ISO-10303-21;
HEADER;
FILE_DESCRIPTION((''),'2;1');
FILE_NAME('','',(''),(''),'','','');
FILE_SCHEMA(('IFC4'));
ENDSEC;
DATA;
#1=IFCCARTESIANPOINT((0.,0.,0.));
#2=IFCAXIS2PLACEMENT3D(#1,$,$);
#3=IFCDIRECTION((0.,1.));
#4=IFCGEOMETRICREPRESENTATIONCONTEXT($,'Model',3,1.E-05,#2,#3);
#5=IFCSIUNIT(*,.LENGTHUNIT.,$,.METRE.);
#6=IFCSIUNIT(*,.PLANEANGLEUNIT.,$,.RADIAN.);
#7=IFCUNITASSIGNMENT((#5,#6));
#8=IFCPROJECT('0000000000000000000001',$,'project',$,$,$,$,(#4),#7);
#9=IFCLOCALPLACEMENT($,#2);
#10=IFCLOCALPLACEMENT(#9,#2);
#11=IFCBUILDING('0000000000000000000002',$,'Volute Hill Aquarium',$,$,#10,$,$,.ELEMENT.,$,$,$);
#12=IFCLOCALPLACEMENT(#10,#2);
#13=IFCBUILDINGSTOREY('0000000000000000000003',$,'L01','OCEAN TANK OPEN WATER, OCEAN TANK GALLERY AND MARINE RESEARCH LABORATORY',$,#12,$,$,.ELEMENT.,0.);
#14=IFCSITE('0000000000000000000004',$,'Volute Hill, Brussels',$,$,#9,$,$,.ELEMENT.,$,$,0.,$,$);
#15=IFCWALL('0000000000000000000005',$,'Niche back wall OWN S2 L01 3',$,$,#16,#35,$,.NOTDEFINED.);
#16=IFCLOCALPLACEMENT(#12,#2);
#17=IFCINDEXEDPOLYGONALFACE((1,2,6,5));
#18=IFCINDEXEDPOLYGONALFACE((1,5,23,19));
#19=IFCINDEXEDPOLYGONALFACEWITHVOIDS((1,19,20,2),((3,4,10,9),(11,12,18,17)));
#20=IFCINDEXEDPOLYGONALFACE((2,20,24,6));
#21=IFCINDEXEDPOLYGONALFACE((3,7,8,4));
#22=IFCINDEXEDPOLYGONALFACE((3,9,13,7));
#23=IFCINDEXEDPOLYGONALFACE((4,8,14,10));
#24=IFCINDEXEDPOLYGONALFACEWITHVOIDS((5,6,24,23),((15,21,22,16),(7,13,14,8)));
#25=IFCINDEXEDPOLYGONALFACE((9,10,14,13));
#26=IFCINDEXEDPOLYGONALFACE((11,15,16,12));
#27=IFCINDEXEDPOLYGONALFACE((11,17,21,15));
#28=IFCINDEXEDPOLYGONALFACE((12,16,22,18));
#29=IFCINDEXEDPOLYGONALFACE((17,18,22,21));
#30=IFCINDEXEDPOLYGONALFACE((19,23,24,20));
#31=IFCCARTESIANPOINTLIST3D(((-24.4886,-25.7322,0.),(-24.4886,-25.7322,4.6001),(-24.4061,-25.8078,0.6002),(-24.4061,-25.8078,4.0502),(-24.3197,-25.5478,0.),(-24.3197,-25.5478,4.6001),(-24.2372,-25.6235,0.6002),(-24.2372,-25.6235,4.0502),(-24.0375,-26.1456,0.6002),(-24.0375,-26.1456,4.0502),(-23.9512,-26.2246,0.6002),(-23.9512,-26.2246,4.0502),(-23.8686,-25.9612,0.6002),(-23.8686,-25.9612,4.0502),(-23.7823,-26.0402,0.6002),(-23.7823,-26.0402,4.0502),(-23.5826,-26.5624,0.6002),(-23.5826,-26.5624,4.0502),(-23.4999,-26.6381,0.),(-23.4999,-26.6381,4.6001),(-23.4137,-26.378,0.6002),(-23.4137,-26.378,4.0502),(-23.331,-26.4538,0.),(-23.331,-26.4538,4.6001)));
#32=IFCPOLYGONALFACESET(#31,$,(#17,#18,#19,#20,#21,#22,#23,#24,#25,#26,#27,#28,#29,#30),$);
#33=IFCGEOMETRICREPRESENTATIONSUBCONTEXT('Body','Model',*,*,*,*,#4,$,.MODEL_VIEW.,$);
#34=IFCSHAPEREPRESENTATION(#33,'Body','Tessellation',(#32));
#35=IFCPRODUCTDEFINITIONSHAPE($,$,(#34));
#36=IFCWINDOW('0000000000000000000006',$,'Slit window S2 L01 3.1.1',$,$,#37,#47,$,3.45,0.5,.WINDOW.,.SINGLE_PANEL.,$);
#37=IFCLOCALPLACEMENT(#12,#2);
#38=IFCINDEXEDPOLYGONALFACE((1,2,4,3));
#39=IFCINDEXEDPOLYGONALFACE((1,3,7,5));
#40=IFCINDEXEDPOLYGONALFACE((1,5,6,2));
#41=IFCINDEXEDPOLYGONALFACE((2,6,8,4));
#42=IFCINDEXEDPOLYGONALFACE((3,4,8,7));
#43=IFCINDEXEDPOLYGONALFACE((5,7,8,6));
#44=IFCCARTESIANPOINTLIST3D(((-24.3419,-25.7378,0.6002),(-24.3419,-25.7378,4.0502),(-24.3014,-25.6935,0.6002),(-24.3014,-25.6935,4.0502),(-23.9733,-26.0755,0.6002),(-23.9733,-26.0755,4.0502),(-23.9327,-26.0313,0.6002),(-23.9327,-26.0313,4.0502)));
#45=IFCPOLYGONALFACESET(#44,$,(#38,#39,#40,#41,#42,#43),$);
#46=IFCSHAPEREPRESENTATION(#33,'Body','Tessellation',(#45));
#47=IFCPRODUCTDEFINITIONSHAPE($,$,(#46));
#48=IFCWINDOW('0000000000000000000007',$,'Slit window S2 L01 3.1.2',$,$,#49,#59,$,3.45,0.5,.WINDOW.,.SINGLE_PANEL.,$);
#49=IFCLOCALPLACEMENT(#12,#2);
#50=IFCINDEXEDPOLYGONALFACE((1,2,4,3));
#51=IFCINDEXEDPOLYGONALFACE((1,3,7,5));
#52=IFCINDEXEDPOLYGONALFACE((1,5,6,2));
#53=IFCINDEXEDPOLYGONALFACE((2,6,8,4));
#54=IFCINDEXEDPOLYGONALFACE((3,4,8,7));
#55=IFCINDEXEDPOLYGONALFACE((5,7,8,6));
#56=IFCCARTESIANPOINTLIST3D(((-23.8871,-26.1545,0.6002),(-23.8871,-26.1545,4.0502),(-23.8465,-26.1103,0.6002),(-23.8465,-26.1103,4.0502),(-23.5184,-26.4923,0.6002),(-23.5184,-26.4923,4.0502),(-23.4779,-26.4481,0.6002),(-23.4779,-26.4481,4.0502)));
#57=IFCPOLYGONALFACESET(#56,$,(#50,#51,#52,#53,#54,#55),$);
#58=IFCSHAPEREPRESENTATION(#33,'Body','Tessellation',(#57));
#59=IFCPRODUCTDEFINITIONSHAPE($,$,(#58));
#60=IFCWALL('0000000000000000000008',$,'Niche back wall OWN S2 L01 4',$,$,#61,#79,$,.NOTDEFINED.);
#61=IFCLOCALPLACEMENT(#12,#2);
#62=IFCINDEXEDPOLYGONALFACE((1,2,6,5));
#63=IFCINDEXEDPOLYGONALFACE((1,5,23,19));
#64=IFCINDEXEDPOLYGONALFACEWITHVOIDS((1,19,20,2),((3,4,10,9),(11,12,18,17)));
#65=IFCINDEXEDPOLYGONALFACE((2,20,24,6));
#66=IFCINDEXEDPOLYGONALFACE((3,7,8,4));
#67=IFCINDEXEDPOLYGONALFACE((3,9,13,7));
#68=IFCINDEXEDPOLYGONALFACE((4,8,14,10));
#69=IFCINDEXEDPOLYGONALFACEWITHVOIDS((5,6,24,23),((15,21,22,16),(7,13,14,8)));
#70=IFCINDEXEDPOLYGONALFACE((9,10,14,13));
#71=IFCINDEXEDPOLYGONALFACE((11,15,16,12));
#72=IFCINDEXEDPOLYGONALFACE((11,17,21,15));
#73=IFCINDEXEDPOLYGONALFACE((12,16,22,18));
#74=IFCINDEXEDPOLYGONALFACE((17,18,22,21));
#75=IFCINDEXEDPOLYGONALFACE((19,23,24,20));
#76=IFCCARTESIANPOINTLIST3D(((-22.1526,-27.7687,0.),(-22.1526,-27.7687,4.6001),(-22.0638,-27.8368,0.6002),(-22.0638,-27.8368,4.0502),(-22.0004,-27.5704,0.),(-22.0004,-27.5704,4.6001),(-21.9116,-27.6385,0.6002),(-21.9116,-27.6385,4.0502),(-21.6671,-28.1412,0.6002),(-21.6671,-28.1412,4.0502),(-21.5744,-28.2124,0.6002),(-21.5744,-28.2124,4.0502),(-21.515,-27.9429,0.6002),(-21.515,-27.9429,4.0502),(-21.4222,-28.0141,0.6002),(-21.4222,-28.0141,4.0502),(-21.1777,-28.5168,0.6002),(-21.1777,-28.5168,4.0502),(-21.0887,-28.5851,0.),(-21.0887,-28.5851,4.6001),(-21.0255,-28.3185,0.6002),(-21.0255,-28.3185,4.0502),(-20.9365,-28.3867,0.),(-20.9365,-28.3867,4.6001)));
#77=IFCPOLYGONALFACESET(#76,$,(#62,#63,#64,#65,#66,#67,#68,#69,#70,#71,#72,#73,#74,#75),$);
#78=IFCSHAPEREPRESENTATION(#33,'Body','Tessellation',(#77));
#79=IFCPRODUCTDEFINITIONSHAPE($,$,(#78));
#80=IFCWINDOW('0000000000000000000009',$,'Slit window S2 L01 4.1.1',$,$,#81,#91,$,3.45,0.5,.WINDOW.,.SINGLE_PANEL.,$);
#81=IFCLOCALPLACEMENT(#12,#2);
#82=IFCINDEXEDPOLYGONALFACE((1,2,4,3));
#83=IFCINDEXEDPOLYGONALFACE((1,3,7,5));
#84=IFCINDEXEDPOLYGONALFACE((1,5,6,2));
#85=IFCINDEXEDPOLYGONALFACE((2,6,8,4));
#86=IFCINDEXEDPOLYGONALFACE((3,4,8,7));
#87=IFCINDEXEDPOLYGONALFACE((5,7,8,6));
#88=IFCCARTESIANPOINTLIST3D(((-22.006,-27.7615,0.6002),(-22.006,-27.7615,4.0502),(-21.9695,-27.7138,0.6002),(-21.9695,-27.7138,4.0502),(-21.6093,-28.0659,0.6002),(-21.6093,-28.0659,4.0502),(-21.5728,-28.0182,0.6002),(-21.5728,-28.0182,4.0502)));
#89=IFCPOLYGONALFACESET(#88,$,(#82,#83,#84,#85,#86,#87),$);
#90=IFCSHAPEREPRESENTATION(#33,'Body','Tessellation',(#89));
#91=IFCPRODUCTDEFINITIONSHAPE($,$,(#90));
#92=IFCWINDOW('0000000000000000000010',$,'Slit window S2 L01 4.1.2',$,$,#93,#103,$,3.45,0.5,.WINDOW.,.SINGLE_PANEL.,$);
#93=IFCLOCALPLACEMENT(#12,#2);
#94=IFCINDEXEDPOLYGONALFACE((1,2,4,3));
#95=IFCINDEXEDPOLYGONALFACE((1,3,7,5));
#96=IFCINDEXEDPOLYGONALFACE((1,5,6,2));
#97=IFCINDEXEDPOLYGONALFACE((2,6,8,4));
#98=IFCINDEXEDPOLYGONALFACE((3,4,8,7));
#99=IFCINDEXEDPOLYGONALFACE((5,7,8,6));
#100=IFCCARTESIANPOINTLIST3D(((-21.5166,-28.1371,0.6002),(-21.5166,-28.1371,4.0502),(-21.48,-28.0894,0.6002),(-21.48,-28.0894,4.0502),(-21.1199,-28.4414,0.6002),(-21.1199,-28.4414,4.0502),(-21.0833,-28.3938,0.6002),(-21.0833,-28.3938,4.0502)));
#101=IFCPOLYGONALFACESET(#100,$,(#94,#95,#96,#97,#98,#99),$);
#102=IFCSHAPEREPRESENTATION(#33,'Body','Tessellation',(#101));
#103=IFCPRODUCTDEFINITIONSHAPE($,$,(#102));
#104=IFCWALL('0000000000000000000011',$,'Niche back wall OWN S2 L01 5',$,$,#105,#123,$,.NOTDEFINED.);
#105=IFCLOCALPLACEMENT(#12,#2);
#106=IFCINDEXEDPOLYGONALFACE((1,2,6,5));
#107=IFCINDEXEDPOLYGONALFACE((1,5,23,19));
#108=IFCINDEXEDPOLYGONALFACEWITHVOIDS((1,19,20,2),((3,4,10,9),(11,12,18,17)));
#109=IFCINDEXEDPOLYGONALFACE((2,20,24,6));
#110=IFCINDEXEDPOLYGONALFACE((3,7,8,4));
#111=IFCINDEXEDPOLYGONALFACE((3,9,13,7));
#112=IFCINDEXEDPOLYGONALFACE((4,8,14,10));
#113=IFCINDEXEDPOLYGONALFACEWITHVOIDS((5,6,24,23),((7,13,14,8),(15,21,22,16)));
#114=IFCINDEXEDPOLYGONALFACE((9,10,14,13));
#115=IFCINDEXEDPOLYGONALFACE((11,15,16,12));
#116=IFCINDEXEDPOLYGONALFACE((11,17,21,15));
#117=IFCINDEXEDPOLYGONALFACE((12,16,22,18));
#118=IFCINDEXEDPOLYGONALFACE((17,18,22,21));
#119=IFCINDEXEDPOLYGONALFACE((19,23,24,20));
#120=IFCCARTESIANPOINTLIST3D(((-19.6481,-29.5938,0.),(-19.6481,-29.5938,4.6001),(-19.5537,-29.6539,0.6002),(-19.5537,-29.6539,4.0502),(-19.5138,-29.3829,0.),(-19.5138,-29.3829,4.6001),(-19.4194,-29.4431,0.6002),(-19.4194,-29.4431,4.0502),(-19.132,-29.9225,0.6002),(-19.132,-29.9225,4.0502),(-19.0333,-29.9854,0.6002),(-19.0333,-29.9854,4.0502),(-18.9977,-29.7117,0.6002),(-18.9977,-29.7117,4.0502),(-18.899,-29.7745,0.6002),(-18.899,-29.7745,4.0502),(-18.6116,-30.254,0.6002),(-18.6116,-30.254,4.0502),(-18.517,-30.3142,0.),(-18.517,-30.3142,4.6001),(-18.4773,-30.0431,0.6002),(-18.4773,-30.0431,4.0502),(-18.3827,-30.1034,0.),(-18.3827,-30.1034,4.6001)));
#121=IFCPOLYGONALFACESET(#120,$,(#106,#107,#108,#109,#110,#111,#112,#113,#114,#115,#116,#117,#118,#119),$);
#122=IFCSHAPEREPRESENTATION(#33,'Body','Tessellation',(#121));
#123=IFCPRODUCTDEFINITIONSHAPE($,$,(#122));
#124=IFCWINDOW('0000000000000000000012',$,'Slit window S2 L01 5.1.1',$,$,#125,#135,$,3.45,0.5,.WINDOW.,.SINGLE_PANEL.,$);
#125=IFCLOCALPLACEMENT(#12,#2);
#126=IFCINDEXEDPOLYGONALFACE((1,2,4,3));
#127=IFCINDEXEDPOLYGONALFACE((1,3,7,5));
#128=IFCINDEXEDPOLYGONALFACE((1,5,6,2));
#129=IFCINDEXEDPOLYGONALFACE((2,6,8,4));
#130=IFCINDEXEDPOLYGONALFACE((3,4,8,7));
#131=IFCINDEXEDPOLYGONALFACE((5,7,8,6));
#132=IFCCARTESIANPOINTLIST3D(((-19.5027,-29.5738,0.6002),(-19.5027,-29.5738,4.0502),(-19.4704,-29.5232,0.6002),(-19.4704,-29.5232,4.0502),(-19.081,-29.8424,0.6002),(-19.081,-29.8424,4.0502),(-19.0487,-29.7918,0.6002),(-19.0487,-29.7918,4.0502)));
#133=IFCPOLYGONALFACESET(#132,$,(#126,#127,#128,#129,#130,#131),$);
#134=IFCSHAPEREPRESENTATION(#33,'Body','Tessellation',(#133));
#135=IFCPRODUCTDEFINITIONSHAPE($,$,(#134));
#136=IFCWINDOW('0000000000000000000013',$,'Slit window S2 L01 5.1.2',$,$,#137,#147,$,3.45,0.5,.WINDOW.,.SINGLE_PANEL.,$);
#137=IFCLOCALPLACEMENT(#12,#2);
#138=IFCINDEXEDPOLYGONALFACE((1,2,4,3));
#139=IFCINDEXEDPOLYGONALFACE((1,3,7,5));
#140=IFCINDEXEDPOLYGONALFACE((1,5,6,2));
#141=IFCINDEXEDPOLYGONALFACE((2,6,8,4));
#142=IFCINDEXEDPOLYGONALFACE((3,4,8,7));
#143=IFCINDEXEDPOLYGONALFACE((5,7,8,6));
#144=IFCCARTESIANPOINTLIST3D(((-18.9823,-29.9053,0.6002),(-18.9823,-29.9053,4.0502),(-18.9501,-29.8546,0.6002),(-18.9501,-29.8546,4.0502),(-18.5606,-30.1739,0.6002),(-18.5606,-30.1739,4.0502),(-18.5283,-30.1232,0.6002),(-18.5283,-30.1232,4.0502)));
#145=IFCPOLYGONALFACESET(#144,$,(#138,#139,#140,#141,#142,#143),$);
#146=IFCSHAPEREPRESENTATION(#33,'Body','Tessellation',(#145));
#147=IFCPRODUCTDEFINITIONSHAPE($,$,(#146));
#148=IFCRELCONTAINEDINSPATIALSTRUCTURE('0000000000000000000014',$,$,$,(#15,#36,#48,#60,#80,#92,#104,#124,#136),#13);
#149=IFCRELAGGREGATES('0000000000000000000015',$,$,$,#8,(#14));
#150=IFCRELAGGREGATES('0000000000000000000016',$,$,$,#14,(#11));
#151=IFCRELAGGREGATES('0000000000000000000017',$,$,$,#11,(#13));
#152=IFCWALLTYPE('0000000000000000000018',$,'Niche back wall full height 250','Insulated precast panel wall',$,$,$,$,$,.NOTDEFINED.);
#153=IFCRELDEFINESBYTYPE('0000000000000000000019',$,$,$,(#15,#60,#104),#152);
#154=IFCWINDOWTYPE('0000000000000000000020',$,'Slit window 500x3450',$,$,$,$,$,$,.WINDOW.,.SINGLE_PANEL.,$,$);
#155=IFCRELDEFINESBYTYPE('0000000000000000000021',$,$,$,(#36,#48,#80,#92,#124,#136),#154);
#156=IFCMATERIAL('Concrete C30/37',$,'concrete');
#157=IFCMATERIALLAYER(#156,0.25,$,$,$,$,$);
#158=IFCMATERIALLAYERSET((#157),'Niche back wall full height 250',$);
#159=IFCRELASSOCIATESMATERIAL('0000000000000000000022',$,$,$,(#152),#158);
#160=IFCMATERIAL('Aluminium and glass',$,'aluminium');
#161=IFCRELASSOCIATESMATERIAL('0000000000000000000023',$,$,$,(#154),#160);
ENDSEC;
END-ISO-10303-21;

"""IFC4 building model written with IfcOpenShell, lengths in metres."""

from ifc_helpers import new_model, si_unit, direction, frame, frame_2d, origin, place, context, subcontext, project, spatial, rectangle, extrude, material, layer, layer_set, type_object, element, fill, save


model = new_model("IFC4")

# Units and contexts
model_context = context("Model", 3, precision=1e-05, world=origin(), true_north=direction((0.0, 1.0)))
body_context = subcontext(model_context, "Body", "Model", "MODEL_VIEW")
ifc_project = project(units=[si_unit("LENGTHUNIT", "METRE"), si_unit("PLANEANGLEUNIT", "RADIAN")], contexts=[model_context])

# Site, building, storey
site_placement = place(None, origin())
site = spatial("IfcSite", under=ifc_project, at=site_placement, Name="Volute Hill, Brussels", CompositionType="ELEMENT", RefElevation=0.0)
building_placement = place(site_placement, origin())
building = spatial("IfcBuilding", under=site, at=building_placement, Name="Volute Hill Aquarium", CompositionType="ELEMENT")
storey_placement = place(building_placement, origin())
storey = spatial("IfcBuildingStorey", under=building, at=storey_placement, Name="L01", Description="OCEAN TANK OPEN WATER, OCEAN TANK GALLERY AND MARINE RESEARCH LABORATORY", CompositionType="ELEMENT", Elevation=0.0)

# Walls, openings, windows
ifc_material_1 = material(Name="Concrete C30/37", Category="concrete")
ifc_layer = layer(ifc_material_1, 0.25)
ifc_layer_set = layer_set([ifc_layer], Name="Niche back wall full height 250")
wall_type = type_object("IfcWallType", Name="Niche back wall full height 250", Description="Insulated precast panel wall", PredefinedType="NOTDEFINED", material=ifc_layer_set)
ifc_material_2 = material(Name="Aluminium and glass", Category="aluminium")
window_type = type_object("IfcWindowType", Name="Slit window 500x3450", PartitioningType="SINGLE_PANEL", PredefinedType="WINDOW", material=ifc_material_2)
wall_1_placement = place(storey_placement, frame((-23.4155, -26.5459, 0.0), z_axis=(0.0, 0.0, 1.0), x_axis=(-0.73729, 0.675576, 0.0)))
wall_1 = element("IfcWall", 1, at=wall_1_placement, inside=storey, type_object=wall_type, Name="Niche back wall OWN S2 L01 3", PredefinedType="NOTDEFINED", context=body_context, shape_type="SweptSolid", body=[
    extrude(rectangle(XDim=1.3411, YDim=0.25, at=frame_2d((0.6704, 0.0))), origin(), (0.0, 0.0, 1.0), 4.6001),
])
opening_1_placement = place(wall_1_placement, frame((0.729, 0.0, 0.6001)))
opening_1 = element("IfcOpeningElement", 2, at=opening_1_placement, cuts=wall_1, PredefinedType="OPENING", context=body_context, shape_type="SweptSolid", body=[
    extrude(rectangle(XDim=0.5, YDim=3.45, at=frame_2d((0.25, 1.7251))), frame((0.0, 0.135, 0.0), z_axis=(0.0, -1.0, 0.0), x_axis=(1.0, 0.0, 0.0)), (0.0, 0.0, 1.0), 0.27),
])
opening_2_placement = place(wall_1_placement, frame((0.1121, 0.0, 0.6001)))
opening_2 = element("IfcOpeningElement", 3, at=opening_2_placement, cuts=wall_1, PredefinedType="OPENING", context=body_context, shape_type="SweptSolid", body=[
    extrude(rectangle(XDim=0.5, YDim=3.45, at=frame_2d((0.25, 1.7251))), frame((0.0, 0.135, 0.0), z_axis=(0.0, -1.0, 0.0), x_axis=(1.0, 0.0, 0.0)), (0.0, 0.0, 1.0), 0.27),
])
window_1_placement = place(opening_1_placement, origin())
window_1 = element("IfcWindow", 4, at=window_1_placement, inside=storey, type_object=window_type, Name="Slit window S2 L01 3.1.1", OverallHeight=3.45, OverallWidth=0.5, PartitioningType="SINGLE_PANEL", PredefinedType="WINDOW", context=body_context, shape_type="SweptSolid", body=[
    extrude(rectangle(XDim=0.5, YDim=3.45, at=frame_2d((0.25, 1.7251))), frame((0.0, 0.03, 0.0), z_axis=(0.0, -1.0, 0.0), x_axis=(1.0, 0.0, 0.0)), (0.0, 0.0, 1.0), 0.0601),
])
fill(opening_1, window_1)
window_2_placement = place(opening_2_placement, origin())
window_2 = element("IfcWindow", 5, at=window_2_placement, inside=storey, type_object=window_type, Name="Slit window S2 L01 3.1.2", OverallHeight=3.45, OverallWidth=0.5, PartitioningType="SINGLE_PANEL", PredefinedType="WINDOW", context=body_context, shape_type="SweptSolid", body=[
    extrude(rectangle(XDim=0.5, YDim=3.45, at=frame_2d((0.25, 1.7251))), frame((0.0, 0.03, 0.0), z_axis=(0.0, -1.0, 0.0), x_axis=(1.0, 0.0, 0.0)), (0.0, 0.0, 1.0), 0.0601),
])
fill(opening_2, window_2)
wall_2_placement = place(storey_placement, frame((-21.0127, -28.4858, 0.0), z_axis=(0.0, 0.0, 1.0), x_axis=(-0.793354, 0.60876, 0.0)))
wall_2 = element("IfcWall", 6, at=wall_2_placement, inside=storey, type_object=wall_type, Name="Niche back wall OWN S2 L01 4", PredefinedType="NOTDEFINED", context=body_context, shape_type="SweptSolid", body=[
    extrude(rectangle(XDim=1.3411, YDim=0.25, at=frame_2d((0.6704, 0.0))), origin(), (0.0, 0.0, 1.0), 4.6001),
])
opening_3_placement = place(wall_2_placement, frame((0.729, 0.0, 0.6001)))
opening_3 = element("IfcOpeningElement", 7, at=opening_3_placement, cuts=wall_2, PredefinedType="OPENING", context=body_context, shape_type="SweptSolid", body=[
    extrude(rectangle(XDim=0.5, YDim=3.45, at=frame_2d((0.25, 1.7251))), frame((0.0, 0.135, 0.0), z_axis=(0.0, -1.0, 0.0), x_axis=(1.0, 0.0, 0.0)), (0.0, 0.0, 1.0), 0.27),
])
opening_4_placement = place(wall_2_placement, frame((0.1121, 0.0, 0.6001)))
opening_4 = element("IfcOpeningElement", 8, at=opening_4_placement, cuts=wall_2, PredefinedType="OPENING", context=body_context, shape_type="SweptSolid", body=[
    extrude(rectangle(XDim=0.5, YDim=3.45, at=frame_2d((0.25, 1.7251))), frame((0.0, 0.135, 0.0), z_axis=(0.0, -1.0, 0.0), x_axis=(1.0, 0.0, 0.0)), (0.0, 0.0, 1.0), 0.27),
])
window_3_placement = place(opening_3_placement, origin())
window_3 = element("IfcWindow", 9, at=window_3_placement, inside=storey, type_object=window_type, Name="Slit window S2 L01 4.1.1", OverallHeight=3.45, OverallWidth=0.5, PartitioningType="SINGLE_PANEL", PredefinedType="WINDOW", context=body_context, shape_type="SweptSolid", body=[
    extrude(rectangle(XDim=0.5, YDim=3.45, at=frame_2d((0.25, 1.7251))), frame((0.0, 0.03, 0.0), z_axis=(0.0, -1.0, 0.0), x_axis=(1.0, 0.0, 0.0)), (0.0, 0.0, 1.0), 0.0601),
])
fill(opening_3, window_3)
window_4_placement = place(opening_4_placement, origin())
window_4 = element("IfcWindow", 10, at=window_4_placement, inside=storey, type_object=window_type, Name="Slit window S2 L01 4.1.2", OverallHeight=3.45, OverallWidth=0.5, PartitioningType="SINGLE_PANEL", PredefinedType="WINDOW", context=body_context, shape_type="SweptSolid", body=[
    extrude(rectangle(XDim=0.5, YDim=3.45, at=frame_2d((0.25, 1.7251))), frame((0.0, 0.03, 0.0), z_axis=(0.0, -1.0, 0.0), x_axis=(1.0, 0.0, 0.0)), (0.0, 0.0, 1.0), 0.0601),
])
fill(opening_4, window_4)
wall_3_placement = place(storey_placement, frame((-18.45, -30.2087, 0.0), z_axis=(0.0, 0.0, 1.0), x_axis=(-0.843437, 0.537229, 0.0)))
wall_3 = element("IfcWall", 11, at=wall_3_placement, inside=storey, type_object=wall_type, Name="Niche back wall OWN S2 L01 5", PredefinedType="NOTDEFINED", context=body_context, shape_type="SweptSolid", body=[
    extrude(rectangle(XDim=1.3411, YDim=0.25, at=frame_2d((0.6704, 0.0))), origin(), (0.0, 0.0, 1.0), 4.6001),
])
opening_5_placement = place(wall_3_placement, frame((0.729, 0.0, 0.6001)))
opening_5 = element("IfcOpeningElement", 12, at=opening_5_placement, cuts=wall_3, PredefinedType="OPENING", context=body_context, shape_type="SweptSolid", body=[
    extrude(rectangle(XDim=0.5, YDim=3.45, at=frame_2d((0.25, 1.7251))), frame((0.0, 0.135, 0.0), z_axis=(0.0, -1.0, 0.0), x_axis=(1.0, 0.0, 0.0)), (0.0, 0.0, 1.0), 0.27),
])
opening_6_placement = place(wall_3_placement, frame((0.1121, 0.0, 0.6001)))
opening_6 = element("IfcOpeningElement", 13, at=opening_6_placement, cuts=wall_3, PredefinedType="OPENING", context=body_context, shape_type="SweptSolid", body=[
    extrude(rectangle(XDim=0.5, YDim=3.45, at=frame_2d((0.25, 1.7251))), frame((0.0, 0.135, 0.0), z_axis=(0.0, -1.0, 0.0), x_axis=(1.0, 0.0, 0.0)), (0.0, 0.0, 1.0), 0.27),
])
window_5_placement = place(opening_5_placement, origin())
window_5 = element("IfcWindow", 14, at=window_5_placement, inside=storey, type_object=window_type, Name="Slit window S2 L01 5.1.1", OverallHeight=3.45, OverallWidth=0.5, PartitioningType="SINGLE_PANEL", PredefinedType="WINDOW", context=body_context, shape_type="SweptSolid", body=[
    extrude(rectangle(XDim=0.5, YDim=3.45, at=frame_2d((0.25, 1.7251))), frame((0.0, 0.03, 0.0), z_axis=(0.0, -1.0, 0.0), x_axis=(1.0, 0.0, 0.0)), (0.0, 0.0, 1.0), 0.0601),
])
fill(opening_5, window_5)
window_6_placement = place(opening_6_placement, origin())
window_6 = element("IfcWindow", 15, at=window_6_placement, inside=storey, type_object=window_type, Name="Slit window S2 L01 5.1.2", OverallHeight=3.45, OverallWidth=0.5, PartitioningType="SINGLE_PANEL", PredefinedType="WINDOW", context=body_context, shape_type="SweptSolid", body=[
    extrude(rectangle(XDim=0.5, YDim=3.45, at=frame_2d((0.25, 1.7251))), frame((0.0, 0.03, 0.0), z_axis=(0.0, -1.0, 0.0), x_axis=(1.0, 0.0, 0.0)), (0.0, 0.0, 1.0), 0.0601),
])
fill(opening_6, window_6)

save(model, "model.ifc")
